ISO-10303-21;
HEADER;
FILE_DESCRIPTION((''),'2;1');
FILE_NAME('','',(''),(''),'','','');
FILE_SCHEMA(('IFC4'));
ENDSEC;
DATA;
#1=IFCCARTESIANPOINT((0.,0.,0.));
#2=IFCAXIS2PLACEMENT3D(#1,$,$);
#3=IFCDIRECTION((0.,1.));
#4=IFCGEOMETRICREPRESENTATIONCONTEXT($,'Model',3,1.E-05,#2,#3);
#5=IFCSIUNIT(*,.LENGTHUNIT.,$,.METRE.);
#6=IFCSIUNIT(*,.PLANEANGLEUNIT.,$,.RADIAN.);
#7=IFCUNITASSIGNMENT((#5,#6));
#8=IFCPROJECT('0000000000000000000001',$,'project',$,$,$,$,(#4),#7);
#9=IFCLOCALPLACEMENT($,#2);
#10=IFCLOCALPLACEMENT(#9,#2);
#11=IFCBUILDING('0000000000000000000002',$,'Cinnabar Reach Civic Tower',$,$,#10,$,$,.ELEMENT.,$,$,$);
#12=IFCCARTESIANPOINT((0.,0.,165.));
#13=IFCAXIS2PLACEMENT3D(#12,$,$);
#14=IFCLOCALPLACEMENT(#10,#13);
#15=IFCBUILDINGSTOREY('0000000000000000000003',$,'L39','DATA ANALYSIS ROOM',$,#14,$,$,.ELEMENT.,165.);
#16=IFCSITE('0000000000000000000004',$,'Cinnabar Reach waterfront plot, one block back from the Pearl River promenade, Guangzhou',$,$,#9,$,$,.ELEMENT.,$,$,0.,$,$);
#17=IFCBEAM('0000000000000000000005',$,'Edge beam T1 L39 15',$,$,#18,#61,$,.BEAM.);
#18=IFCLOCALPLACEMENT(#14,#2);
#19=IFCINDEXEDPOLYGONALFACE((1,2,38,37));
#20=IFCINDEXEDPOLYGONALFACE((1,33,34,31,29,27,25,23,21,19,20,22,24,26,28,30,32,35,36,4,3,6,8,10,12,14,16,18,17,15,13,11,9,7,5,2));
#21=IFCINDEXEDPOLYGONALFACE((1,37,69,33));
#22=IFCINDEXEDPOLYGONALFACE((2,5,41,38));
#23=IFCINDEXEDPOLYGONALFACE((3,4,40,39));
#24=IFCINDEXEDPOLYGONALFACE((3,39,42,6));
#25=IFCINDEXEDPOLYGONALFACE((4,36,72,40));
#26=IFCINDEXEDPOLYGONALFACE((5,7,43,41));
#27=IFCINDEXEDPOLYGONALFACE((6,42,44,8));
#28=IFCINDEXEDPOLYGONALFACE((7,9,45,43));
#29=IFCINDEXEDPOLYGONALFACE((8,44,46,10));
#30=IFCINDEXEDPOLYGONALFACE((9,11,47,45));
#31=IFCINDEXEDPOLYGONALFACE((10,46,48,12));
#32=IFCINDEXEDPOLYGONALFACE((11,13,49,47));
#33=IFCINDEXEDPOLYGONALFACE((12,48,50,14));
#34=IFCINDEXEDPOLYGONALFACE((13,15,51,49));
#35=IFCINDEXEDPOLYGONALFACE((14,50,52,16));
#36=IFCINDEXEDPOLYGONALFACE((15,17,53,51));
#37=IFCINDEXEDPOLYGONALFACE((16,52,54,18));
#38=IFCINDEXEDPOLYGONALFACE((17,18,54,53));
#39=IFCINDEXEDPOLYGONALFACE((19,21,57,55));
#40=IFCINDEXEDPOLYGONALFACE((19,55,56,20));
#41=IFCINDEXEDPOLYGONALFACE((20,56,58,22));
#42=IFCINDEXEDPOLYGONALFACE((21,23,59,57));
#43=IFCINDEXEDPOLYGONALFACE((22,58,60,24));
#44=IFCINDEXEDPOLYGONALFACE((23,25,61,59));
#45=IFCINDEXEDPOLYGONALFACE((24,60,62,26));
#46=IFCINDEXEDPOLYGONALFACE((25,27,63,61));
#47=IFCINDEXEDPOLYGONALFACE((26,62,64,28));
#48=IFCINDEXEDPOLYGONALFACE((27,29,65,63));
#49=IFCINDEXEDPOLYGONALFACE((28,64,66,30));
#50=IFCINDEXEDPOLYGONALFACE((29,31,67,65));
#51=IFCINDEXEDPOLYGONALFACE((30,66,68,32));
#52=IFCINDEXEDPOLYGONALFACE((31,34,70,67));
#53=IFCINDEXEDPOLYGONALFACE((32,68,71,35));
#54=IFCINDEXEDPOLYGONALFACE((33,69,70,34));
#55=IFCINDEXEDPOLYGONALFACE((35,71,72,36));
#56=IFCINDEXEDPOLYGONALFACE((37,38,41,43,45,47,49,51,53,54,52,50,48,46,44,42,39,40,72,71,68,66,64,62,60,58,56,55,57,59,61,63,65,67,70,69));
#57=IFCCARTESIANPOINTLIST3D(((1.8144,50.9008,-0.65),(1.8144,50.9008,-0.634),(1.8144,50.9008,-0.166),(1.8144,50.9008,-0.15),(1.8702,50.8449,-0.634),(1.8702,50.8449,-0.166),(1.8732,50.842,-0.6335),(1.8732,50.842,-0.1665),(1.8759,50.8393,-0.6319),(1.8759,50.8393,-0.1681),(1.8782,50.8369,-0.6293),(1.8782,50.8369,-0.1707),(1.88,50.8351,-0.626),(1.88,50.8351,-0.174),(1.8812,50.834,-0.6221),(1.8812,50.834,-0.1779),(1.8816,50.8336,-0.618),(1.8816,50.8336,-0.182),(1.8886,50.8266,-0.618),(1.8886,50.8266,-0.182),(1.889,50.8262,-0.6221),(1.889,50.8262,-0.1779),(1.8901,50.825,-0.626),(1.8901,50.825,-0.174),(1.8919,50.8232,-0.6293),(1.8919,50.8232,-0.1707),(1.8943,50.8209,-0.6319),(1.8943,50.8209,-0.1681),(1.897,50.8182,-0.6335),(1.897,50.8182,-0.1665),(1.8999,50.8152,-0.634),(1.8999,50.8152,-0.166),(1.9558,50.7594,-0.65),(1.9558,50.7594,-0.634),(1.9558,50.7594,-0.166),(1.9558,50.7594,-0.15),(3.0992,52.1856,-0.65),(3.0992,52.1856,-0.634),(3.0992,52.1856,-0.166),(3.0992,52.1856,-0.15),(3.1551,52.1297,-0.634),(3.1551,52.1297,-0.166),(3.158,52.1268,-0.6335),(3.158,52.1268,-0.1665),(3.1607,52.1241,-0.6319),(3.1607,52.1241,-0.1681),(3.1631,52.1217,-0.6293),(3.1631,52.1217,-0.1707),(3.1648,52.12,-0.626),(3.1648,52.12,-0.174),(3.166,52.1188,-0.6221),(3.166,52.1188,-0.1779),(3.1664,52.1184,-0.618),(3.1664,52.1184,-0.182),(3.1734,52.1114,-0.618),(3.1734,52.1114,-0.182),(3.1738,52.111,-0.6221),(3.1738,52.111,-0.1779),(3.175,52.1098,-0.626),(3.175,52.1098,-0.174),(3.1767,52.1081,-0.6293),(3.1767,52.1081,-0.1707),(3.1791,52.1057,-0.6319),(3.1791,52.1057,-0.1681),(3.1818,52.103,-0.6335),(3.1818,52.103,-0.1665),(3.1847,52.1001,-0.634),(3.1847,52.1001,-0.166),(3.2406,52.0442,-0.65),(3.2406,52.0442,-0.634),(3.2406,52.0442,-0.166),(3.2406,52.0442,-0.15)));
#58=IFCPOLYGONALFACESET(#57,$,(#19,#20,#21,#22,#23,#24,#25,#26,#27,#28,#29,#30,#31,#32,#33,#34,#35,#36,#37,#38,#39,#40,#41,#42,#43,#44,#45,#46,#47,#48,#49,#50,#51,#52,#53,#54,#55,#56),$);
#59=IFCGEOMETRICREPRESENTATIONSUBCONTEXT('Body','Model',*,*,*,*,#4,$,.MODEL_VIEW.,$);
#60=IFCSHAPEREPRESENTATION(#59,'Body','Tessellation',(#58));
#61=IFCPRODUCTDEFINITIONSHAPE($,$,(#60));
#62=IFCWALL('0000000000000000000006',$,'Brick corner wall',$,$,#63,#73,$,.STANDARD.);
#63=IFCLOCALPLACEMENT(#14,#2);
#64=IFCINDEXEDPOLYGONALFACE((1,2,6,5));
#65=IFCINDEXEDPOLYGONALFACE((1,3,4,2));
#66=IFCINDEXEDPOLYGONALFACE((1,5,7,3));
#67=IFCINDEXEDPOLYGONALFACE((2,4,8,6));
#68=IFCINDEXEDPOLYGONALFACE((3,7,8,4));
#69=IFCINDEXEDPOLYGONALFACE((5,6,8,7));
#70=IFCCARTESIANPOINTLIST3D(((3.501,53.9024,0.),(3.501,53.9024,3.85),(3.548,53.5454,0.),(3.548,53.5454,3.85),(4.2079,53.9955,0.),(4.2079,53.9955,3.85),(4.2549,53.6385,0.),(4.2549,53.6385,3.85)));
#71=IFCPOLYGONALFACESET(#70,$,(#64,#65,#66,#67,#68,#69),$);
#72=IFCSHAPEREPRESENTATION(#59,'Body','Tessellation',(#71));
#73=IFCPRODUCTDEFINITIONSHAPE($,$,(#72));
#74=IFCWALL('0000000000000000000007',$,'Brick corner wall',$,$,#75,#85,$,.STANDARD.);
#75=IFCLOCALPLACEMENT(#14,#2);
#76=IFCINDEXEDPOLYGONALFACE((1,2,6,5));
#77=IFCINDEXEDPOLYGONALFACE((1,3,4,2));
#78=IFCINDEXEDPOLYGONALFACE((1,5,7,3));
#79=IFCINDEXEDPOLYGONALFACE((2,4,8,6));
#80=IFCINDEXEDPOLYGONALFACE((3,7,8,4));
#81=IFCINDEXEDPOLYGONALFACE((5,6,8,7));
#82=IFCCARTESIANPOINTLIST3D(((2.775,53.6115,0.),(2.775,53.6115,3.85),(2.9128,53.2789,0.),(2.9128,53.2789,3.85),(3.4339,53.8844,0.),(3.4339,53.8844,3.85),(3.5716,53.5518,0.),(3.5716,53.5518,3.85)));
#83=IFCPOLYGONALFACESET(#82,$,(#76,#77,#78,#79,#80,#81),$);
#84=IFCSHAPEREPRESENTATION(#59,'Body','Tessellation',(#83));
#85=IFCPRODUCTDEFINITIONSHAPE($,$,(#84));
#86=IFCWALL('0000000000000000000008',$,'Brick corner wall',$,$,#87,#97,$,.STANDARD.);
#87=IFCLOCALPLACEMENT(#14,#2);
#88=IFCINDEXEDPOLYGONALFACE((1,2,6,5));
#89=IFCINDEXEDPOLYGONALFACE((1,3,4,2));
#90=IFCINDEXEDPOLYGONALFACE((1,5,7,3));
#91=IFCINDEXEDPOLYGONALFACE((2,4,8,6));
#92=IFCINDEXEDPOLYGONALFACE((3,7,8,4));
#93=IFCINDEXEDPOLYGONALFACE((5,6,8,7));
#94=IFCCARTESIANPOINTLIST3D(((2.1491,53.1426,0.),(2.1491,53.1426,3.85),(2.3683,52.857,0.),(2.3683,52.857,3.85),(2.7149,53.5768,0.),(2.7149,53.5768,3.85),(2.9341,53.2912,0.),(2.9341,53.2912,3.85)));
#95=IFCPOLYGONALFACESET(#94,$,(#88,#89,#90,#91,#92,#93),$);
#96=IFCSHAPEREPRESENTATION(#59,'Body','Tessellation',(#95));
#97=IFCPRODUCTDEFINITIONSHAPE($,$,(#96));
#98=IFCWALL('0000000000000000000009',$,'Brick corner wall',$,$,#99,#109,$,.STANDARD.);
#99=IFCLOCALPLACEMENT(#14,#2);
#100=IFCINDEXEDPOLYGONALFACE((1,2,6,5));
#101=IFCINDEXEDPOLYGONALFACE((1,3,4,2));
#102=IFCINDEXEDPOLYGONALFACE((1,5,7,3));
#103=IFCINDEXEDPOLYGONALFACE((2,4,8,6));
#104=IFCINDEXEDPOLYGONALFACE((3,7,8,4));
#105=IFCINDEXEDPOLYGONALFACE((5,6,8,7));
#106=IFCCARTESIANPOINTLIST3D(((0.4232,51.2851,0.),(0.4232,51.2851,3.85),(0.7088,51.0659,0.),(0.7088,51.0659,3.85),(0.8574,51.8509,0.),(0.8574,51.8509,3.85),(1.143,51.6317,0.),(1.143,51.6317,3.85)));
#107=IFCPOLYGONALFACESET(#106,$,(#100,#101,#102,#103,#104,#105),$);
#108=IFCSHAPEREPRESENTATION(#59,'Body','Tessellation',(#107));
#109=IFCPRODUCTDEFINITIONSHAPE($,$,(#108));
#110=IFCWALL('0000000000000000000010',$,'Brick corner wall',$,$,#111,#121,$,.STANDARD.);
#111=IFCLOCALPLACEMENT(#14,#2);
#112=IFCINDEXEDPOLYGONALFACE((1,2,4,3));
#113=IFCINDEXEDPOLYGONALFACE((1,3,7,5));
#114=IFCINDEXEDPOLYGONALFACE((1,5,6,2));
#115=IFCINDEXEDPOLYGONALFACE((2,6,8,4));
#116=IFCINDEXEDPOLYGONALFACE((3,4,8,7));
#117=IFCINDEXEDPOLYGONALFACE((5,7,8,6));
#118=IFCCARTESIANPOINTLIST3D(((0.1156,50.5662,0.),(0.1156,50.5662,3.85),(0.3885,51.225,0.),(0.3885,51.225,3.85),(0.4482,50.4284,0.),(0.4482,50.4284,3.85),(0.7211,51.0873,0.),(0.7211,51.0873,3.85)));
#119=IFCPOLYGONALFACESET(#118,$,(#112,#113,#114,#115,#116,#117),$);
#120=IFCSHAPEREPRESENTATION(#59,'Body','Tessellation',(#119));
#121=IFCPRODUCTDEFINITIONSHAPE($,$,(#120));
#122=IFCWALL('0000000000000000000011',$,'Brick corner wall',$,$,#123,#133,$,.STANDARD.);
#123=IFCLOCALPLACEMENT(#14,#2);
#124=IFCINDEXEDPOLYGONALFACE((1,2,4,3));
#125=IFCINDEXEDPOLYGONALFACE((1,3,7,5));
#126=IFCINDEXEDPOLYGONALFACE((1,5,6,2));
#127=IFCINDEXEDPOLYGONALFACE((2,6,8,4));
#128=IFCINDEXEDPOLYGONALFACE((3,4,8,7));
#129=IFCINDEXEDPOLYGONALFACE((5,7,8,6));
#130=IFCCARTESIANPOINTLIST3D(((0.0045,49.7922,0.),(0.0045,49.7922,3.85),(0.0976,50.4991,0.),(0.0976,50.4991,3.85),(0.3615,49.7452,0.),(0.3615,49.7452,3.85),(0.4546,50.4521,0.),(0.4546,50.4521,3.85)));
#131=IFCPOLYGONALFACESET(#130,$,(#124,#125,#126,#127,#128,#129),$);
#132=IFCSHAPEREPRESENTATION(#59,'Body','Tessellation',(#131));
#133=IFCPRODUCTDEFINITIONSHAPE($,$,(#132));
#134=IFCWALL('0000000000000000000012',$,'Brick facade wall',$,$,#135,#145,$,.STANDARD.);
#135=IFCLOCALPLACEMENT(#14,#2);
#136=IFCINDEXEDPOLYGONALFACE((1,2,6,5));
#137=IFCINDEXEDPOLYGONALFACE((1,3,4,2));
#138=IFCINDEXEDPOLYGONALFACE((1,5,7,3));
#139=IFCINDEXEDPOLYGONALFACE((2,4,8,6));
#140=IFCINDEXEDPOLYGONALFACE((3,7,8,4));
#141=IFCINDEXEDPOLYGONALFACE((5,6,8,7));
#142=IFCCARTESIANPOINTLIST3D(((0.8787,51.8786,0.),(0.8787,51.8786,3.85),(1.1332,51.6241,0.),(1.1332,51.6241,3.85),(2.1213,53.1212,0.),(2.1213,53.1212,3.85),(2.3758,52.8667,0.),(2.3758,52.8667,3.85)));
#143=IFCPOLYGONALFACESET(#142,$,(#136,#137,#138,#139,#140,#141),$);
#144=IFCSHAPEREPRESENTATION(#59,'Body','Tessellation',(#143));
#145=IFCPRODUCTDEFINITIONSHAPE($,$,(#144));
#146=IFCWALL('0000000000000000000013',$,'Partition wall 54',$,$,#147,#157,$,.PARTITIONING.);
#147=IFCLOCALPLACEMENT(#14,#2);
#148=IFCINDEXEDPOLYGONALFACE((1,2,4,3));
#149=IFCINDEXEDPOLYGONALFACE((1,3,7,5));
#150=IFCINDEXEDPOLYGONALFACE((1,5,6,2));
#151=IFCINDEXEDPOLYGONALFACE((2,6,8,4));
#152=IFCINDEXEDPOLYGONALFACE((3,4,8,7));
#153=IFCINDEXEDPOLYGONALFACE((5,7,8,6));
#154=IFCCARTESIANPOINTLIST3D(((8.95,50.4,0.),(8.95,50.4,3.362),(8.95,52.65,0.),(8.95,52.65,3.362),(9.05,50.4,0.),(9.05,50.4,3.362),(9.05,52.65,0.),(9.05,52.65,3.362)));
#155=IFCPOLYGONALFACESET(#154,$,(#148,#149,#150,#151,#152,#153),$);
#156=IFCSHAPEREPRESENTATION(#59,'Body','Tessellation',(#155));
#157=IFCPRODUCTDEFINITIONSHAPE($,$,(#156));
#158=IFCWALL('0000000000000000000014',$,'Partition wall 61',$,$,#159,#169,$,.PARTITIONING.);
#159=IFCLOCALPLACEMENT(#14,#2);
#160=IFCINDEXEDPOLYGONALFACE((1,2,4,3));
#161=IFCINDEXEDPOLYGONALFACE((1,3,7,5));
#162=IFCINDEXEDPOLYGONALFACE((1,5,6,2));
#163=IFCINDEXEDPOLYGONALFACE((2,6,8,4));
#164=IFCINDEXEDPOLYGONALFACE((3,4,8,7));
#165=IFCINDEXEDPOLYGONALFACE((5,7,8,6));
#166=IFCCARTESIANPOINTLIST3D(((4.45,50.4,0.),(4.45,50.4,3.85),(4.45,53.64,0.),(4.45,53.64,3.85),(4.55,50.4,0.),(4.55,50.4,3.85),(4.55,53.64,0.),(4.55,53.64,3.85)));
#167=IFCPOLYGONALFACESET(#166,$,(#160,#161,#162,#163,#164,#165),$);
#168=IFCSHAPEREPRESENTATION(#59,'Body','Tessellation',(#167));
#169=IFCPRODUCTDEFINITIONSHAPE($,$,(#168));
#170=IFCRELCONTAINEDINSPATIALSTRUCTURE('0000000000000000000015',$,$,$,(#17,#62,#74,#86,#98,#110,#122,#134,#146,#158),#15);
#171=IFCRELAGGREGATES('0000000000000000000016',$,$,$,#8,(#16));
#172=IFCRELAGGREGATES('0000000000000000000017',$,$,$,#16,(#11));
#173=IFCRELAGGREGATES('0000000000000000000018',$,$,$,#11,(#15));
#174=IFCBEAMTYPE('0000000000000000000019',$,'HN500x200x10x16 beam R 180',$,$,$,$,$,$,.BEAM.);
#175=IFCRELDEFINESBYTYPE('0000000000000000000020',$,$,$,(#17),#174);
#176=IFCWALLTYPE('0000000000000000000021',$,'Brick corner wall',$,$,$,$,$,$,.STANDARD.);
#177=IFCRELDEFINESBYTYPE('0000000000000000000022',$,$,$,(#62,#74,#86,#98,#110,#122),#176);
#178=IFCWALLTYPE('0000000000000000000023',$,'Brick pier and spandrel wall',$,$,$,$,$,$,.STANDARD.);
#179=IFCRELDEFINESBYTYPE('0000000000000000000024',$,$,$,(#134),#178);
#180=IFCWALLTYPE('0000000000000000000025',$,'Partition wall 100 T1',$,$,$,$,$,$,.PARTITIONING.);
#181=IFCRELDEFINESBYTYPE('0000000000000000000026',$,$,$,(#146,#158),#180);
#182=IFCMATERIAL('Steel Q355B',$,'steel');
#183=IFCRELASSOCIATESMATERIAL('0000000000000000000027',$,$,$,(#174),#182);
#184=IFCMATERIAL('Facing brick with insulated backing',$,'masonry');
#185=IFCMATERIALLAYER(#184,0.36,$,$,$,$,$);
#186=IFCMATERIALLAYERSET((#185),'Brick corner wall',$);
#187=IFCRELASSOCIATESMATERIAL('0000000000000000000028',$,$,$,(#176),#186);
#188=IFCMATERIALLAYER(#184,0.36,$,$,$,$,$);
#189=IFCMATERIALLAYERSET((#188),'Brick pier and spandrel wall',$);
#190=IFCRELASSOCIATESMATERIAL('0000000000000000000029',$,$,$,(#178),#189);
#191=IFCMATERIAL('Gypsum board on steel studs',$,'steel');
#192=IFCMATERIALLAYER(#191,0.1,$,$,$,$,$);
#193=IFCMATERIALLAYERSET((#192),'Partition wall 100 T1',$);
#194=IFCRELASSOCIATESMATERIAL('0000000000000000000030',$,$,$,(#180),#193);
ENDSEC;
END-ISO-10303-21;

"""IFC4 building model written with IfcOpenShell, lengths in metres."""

from ifc_helpers import new_model, si_unit, direction, frame, frame_2d, origin, origin_2d, place, context, subcontext, project, spatial, rectangle, i_section, extrude, material, layer, layer_set, material_profile, profile_set, type_object, element, save


model = new_model("IFC4")

# Units and contexts
model_context = context("Model", 3, precision=1e-05, world=origin(), true_north=direction((0.0, 1.0)))
body_context = subcontext(model_context, "Body", "Model", "MODEL_VIEW")
ifc_project = project(units=[si_unit("LENGTHUNIT", "METRE"), si_unit("PLANEANGLEUNIT", "RADIAN")], contexts=[model_context])

# Site, building, storey
site_placement = place(None, origin())
site = spatial("IfcSite", under=ifc_project, at=site_placement, Name="Cinnabar Reach waterfront plot, one block back from the Pearl River promenade, Guangzhou", CompositionType="ELEMENT", RefElevation=0.0)
building_placement = place(site_placement, origin())
building = spatial("IfcBuilding", under=site, at=building_placement, Name="Cinnabar Reach Civic Tower", CompositionType="ELEMENT")
storey_placement = place(building_placement, frame((0.0, 0.0, 165.0)))
storey = spatial("IfcBuildingStorey", under=building, at=storey_placement, Name="L39", Description="DATA ANALYSIS ROOM", CompositionType="ELEMENT", Elevation=165.0)

# Beam
ifc_material_1 = material(Name="Steel Q355B", Category="steel")
ifc_material_profile_1 = material_profile(ifc_material_1, i_section(OverallWidth=0.2, OverallDepth=0.5, WebThickness=0.01, FlangeThickness=0.016, FilletRadius=0.016, at=origin_2d()), Name="HN500x200x10x16")
ifc_profile_set_1 = profile_set([ifc_material_profile_1], Name="Steel Q355B")
beam_type_1 = type_object("IfcBeamType", Name="HN500x200x10x16 beam R 180", PredefinedType="BEAM", material=ifc_profile_set_1)
beam_1_placement = place(storey_placement, frame((3.1699, 52.1149, -0.4), z_axis=(-0.707107, -0.707107, 0.0), x_axis=(0.707107, -0.707107, 0.0)))
element("IfcBeam", 1, at=beam_1_placement, inside=storey, type_object=beam_type_1, Name="Edge beam T1 L39 15", PredefinedType="BEAM", context=body_context, shape_type="SweptSolid", body=[
    extrude(i_section(OverallWidth=0.2, OverallDepth=0.5, WebThickness=0.01, FlangeThickness=0.016, FilletRadius=0.016, at=origin_2d()), origin(), (0.0, 0.0, 1.0), 1.817),
])

# Walls
ifc_material_2 = material(Name="Facing brick with insulated backing", Category="masonry")
ifc_layer_1 = layer(ifc_material_2, 0.36)
ifc_layer_set_1 = layer_set([ifc_layer_1], Name="Brick corner wall")
wall_type_1 = type_object("IfcWallType", Name="Brick corner wall", PredefinedType="STANDARD", material=ifc_layer_set_1)
for number, where, z_axis, x_axis, name in (
    (2, (4.2314, 53.817, 0.0), (0.0, 0.0, 1.0), (-0.991441, -0.130556, 0.0), "Brick corner wall"),
    (3, (3.5027, 53.7181, 0.0), (0.0, 0.0, 1.0), (-0.923872, -0.382703, 0.0), "Brick corner wall"),
):
    element("IfcWall", number, at=place(storey_placement, frame(where, z_axis=z_axis, x_axis=x_axis)), inside=storey, type_object=wall_type_1, Name=name, PredefinedType="STANDARD", context=body_context, shape_type="SweptSolid", body=[
        extrude(rectangle(XDim=0.7131, YDim=0.36, at=frame_2d((0.3565, 0.0))), origin(), (0.0, 0.0, 1.0), 3.85),
    ])
for number, where, z_axis, x_axis, name in (
    (4, (2.8245, 53.434, 0.0), (0.0, 0.0, 1.0), (-0.793322, -0.608802, 0.0), "Brick corner wall"),
    (5, (1.0002, 51.7413, 0.0), (0.0, 0.0, 1.0), (-0.608802, -0.793322, 0.0), "Brick corner wall"),
):
    element("IfcWall", number, at=place(storey_placement, frame(where, z_axis=z_axis, x_axis=x_axis)), inside=storey, type_object=wall_type_1, Name=name, PredefinedType="STANDARD", context=body_context, shape_type="SweptSolid", body=[
        extrude(rectangle(XDim=0.7132, YDim=0.36, at=frame_2d((0.3566, 0.0))), origin(), (0.0, 0.0, 1.0), 3.85),
    ])
for number, where, z_axis, x_axis, name in (
    (6, (0.5548, 51.1561, 0.0), (0.0, 0.0, 1.0), (-0.382703, -0.923872, 0.0), "Brick corner wall"),
    (7, (0.2761, 50.4756, 0.0), (0.0, 0.0, 1.0), (-0.130556, -0.991441, 0.0), "Brick corner wall"),
):
    element("IfcWall", number, at=place(storey_placement, frame(where, z_axis=z_axis, x_axis=x_axis)), inside=storey, type_object=wall_type_1, Name=name, PredefinedType="STANDARD", context=body_context, shape_type="SweptSolid", body=[
        extrude(rectangle(XDim=0.7131, YDim=0.36, at=frame_2d((0.3565, 0.0))), origin(), (0.0, 0.0, 1.0), 3.85),
    ])
ifc_layer_2 = layer(ifc_material_2, 0.36)
ifc_layer_set_2 = layer_set([ifc_layer_2], Name="Brick pier and spandrel wall")
wall_type_2 = type_object("IfcWallType", Name="Brick pier and spandrel wall", PredefinedType="STANDARD", material=ifc_layer_set_2)
wall_1_placement = place(storey_placement, frame((2.2486, 52.994, 0.0), z_axis=(0.0, 0.0, 1.0), x_axis=(-0.707107, -0.707107, 0.0)))
element("IfcWall", 8, at=wall_1_placement, inside=storey, type_object=wall_type_2, Name="Brick facade wall", PredefinedType="STANDARD", context=body_context, shape_type="SweptSolid", body=[
    extrude(rectangle(XDim=1.7573, YDim=0.36, at=frame_2d((0.8787, 0.0))), origin(), (0.0, 0.0, 1.0), 3.85),
])
ifc_material_3 = material(Name="Gypsum board on steel studs", Category="steel")
ifc_layer_3 = layer(ifc_material_3, 0.1)
ifc_layer_set_3 = layer_set([ifc_layer_3], Name="Partition wall 100 T1")
wall_type_3 = type_object("IfcWallType", Name="Partition wall 100 T1", PredefinedType="PARTITIONING", material=ifc_layer_set_3)
wall_2_placement = place(storey_placement, frame((9.0, 50.4, 0.0), z_axis=(0.0, 0.0, 1.0), x_axis=(0.0, 1.0, 0.0)))
element("IfcWall", 9, at=wall_2_placement, inside=storey, type_object=wall_type_3, Name="Partition wall 54", PredefinedType="PARTITIONING", context=body_context, shape_type="SweptSolid", body=[
    extrude(rectangle(XDim=2.25, YDim=0.1, at=frame_2d((1.125, 0.0))), origin(), (0.0, 0.0, 1.0), 3.362),
])
wall_3_placement = place(storey_placement, frame((4.5, 50.4, 0.0), z_axis=(0.0, 0.0, 1.0), x_axis=(0.0, 1.0, 0.0)))
element("IfcWall", 10, at=wall_3_placement, inside=storey, type_object=wall_type_3, Name="Partition wall 61", PredefinedType="PARTITIONING", context=body_context, shape_type="SweptSolid", body=[
    extrude(rectangle(XDim=3.24, YDim=0.1, at=frame_2d((1.62, 0.0))), origin(), (0.0, 0.0, 1.0), 3.85),
])

save(model, "model.ifc")
